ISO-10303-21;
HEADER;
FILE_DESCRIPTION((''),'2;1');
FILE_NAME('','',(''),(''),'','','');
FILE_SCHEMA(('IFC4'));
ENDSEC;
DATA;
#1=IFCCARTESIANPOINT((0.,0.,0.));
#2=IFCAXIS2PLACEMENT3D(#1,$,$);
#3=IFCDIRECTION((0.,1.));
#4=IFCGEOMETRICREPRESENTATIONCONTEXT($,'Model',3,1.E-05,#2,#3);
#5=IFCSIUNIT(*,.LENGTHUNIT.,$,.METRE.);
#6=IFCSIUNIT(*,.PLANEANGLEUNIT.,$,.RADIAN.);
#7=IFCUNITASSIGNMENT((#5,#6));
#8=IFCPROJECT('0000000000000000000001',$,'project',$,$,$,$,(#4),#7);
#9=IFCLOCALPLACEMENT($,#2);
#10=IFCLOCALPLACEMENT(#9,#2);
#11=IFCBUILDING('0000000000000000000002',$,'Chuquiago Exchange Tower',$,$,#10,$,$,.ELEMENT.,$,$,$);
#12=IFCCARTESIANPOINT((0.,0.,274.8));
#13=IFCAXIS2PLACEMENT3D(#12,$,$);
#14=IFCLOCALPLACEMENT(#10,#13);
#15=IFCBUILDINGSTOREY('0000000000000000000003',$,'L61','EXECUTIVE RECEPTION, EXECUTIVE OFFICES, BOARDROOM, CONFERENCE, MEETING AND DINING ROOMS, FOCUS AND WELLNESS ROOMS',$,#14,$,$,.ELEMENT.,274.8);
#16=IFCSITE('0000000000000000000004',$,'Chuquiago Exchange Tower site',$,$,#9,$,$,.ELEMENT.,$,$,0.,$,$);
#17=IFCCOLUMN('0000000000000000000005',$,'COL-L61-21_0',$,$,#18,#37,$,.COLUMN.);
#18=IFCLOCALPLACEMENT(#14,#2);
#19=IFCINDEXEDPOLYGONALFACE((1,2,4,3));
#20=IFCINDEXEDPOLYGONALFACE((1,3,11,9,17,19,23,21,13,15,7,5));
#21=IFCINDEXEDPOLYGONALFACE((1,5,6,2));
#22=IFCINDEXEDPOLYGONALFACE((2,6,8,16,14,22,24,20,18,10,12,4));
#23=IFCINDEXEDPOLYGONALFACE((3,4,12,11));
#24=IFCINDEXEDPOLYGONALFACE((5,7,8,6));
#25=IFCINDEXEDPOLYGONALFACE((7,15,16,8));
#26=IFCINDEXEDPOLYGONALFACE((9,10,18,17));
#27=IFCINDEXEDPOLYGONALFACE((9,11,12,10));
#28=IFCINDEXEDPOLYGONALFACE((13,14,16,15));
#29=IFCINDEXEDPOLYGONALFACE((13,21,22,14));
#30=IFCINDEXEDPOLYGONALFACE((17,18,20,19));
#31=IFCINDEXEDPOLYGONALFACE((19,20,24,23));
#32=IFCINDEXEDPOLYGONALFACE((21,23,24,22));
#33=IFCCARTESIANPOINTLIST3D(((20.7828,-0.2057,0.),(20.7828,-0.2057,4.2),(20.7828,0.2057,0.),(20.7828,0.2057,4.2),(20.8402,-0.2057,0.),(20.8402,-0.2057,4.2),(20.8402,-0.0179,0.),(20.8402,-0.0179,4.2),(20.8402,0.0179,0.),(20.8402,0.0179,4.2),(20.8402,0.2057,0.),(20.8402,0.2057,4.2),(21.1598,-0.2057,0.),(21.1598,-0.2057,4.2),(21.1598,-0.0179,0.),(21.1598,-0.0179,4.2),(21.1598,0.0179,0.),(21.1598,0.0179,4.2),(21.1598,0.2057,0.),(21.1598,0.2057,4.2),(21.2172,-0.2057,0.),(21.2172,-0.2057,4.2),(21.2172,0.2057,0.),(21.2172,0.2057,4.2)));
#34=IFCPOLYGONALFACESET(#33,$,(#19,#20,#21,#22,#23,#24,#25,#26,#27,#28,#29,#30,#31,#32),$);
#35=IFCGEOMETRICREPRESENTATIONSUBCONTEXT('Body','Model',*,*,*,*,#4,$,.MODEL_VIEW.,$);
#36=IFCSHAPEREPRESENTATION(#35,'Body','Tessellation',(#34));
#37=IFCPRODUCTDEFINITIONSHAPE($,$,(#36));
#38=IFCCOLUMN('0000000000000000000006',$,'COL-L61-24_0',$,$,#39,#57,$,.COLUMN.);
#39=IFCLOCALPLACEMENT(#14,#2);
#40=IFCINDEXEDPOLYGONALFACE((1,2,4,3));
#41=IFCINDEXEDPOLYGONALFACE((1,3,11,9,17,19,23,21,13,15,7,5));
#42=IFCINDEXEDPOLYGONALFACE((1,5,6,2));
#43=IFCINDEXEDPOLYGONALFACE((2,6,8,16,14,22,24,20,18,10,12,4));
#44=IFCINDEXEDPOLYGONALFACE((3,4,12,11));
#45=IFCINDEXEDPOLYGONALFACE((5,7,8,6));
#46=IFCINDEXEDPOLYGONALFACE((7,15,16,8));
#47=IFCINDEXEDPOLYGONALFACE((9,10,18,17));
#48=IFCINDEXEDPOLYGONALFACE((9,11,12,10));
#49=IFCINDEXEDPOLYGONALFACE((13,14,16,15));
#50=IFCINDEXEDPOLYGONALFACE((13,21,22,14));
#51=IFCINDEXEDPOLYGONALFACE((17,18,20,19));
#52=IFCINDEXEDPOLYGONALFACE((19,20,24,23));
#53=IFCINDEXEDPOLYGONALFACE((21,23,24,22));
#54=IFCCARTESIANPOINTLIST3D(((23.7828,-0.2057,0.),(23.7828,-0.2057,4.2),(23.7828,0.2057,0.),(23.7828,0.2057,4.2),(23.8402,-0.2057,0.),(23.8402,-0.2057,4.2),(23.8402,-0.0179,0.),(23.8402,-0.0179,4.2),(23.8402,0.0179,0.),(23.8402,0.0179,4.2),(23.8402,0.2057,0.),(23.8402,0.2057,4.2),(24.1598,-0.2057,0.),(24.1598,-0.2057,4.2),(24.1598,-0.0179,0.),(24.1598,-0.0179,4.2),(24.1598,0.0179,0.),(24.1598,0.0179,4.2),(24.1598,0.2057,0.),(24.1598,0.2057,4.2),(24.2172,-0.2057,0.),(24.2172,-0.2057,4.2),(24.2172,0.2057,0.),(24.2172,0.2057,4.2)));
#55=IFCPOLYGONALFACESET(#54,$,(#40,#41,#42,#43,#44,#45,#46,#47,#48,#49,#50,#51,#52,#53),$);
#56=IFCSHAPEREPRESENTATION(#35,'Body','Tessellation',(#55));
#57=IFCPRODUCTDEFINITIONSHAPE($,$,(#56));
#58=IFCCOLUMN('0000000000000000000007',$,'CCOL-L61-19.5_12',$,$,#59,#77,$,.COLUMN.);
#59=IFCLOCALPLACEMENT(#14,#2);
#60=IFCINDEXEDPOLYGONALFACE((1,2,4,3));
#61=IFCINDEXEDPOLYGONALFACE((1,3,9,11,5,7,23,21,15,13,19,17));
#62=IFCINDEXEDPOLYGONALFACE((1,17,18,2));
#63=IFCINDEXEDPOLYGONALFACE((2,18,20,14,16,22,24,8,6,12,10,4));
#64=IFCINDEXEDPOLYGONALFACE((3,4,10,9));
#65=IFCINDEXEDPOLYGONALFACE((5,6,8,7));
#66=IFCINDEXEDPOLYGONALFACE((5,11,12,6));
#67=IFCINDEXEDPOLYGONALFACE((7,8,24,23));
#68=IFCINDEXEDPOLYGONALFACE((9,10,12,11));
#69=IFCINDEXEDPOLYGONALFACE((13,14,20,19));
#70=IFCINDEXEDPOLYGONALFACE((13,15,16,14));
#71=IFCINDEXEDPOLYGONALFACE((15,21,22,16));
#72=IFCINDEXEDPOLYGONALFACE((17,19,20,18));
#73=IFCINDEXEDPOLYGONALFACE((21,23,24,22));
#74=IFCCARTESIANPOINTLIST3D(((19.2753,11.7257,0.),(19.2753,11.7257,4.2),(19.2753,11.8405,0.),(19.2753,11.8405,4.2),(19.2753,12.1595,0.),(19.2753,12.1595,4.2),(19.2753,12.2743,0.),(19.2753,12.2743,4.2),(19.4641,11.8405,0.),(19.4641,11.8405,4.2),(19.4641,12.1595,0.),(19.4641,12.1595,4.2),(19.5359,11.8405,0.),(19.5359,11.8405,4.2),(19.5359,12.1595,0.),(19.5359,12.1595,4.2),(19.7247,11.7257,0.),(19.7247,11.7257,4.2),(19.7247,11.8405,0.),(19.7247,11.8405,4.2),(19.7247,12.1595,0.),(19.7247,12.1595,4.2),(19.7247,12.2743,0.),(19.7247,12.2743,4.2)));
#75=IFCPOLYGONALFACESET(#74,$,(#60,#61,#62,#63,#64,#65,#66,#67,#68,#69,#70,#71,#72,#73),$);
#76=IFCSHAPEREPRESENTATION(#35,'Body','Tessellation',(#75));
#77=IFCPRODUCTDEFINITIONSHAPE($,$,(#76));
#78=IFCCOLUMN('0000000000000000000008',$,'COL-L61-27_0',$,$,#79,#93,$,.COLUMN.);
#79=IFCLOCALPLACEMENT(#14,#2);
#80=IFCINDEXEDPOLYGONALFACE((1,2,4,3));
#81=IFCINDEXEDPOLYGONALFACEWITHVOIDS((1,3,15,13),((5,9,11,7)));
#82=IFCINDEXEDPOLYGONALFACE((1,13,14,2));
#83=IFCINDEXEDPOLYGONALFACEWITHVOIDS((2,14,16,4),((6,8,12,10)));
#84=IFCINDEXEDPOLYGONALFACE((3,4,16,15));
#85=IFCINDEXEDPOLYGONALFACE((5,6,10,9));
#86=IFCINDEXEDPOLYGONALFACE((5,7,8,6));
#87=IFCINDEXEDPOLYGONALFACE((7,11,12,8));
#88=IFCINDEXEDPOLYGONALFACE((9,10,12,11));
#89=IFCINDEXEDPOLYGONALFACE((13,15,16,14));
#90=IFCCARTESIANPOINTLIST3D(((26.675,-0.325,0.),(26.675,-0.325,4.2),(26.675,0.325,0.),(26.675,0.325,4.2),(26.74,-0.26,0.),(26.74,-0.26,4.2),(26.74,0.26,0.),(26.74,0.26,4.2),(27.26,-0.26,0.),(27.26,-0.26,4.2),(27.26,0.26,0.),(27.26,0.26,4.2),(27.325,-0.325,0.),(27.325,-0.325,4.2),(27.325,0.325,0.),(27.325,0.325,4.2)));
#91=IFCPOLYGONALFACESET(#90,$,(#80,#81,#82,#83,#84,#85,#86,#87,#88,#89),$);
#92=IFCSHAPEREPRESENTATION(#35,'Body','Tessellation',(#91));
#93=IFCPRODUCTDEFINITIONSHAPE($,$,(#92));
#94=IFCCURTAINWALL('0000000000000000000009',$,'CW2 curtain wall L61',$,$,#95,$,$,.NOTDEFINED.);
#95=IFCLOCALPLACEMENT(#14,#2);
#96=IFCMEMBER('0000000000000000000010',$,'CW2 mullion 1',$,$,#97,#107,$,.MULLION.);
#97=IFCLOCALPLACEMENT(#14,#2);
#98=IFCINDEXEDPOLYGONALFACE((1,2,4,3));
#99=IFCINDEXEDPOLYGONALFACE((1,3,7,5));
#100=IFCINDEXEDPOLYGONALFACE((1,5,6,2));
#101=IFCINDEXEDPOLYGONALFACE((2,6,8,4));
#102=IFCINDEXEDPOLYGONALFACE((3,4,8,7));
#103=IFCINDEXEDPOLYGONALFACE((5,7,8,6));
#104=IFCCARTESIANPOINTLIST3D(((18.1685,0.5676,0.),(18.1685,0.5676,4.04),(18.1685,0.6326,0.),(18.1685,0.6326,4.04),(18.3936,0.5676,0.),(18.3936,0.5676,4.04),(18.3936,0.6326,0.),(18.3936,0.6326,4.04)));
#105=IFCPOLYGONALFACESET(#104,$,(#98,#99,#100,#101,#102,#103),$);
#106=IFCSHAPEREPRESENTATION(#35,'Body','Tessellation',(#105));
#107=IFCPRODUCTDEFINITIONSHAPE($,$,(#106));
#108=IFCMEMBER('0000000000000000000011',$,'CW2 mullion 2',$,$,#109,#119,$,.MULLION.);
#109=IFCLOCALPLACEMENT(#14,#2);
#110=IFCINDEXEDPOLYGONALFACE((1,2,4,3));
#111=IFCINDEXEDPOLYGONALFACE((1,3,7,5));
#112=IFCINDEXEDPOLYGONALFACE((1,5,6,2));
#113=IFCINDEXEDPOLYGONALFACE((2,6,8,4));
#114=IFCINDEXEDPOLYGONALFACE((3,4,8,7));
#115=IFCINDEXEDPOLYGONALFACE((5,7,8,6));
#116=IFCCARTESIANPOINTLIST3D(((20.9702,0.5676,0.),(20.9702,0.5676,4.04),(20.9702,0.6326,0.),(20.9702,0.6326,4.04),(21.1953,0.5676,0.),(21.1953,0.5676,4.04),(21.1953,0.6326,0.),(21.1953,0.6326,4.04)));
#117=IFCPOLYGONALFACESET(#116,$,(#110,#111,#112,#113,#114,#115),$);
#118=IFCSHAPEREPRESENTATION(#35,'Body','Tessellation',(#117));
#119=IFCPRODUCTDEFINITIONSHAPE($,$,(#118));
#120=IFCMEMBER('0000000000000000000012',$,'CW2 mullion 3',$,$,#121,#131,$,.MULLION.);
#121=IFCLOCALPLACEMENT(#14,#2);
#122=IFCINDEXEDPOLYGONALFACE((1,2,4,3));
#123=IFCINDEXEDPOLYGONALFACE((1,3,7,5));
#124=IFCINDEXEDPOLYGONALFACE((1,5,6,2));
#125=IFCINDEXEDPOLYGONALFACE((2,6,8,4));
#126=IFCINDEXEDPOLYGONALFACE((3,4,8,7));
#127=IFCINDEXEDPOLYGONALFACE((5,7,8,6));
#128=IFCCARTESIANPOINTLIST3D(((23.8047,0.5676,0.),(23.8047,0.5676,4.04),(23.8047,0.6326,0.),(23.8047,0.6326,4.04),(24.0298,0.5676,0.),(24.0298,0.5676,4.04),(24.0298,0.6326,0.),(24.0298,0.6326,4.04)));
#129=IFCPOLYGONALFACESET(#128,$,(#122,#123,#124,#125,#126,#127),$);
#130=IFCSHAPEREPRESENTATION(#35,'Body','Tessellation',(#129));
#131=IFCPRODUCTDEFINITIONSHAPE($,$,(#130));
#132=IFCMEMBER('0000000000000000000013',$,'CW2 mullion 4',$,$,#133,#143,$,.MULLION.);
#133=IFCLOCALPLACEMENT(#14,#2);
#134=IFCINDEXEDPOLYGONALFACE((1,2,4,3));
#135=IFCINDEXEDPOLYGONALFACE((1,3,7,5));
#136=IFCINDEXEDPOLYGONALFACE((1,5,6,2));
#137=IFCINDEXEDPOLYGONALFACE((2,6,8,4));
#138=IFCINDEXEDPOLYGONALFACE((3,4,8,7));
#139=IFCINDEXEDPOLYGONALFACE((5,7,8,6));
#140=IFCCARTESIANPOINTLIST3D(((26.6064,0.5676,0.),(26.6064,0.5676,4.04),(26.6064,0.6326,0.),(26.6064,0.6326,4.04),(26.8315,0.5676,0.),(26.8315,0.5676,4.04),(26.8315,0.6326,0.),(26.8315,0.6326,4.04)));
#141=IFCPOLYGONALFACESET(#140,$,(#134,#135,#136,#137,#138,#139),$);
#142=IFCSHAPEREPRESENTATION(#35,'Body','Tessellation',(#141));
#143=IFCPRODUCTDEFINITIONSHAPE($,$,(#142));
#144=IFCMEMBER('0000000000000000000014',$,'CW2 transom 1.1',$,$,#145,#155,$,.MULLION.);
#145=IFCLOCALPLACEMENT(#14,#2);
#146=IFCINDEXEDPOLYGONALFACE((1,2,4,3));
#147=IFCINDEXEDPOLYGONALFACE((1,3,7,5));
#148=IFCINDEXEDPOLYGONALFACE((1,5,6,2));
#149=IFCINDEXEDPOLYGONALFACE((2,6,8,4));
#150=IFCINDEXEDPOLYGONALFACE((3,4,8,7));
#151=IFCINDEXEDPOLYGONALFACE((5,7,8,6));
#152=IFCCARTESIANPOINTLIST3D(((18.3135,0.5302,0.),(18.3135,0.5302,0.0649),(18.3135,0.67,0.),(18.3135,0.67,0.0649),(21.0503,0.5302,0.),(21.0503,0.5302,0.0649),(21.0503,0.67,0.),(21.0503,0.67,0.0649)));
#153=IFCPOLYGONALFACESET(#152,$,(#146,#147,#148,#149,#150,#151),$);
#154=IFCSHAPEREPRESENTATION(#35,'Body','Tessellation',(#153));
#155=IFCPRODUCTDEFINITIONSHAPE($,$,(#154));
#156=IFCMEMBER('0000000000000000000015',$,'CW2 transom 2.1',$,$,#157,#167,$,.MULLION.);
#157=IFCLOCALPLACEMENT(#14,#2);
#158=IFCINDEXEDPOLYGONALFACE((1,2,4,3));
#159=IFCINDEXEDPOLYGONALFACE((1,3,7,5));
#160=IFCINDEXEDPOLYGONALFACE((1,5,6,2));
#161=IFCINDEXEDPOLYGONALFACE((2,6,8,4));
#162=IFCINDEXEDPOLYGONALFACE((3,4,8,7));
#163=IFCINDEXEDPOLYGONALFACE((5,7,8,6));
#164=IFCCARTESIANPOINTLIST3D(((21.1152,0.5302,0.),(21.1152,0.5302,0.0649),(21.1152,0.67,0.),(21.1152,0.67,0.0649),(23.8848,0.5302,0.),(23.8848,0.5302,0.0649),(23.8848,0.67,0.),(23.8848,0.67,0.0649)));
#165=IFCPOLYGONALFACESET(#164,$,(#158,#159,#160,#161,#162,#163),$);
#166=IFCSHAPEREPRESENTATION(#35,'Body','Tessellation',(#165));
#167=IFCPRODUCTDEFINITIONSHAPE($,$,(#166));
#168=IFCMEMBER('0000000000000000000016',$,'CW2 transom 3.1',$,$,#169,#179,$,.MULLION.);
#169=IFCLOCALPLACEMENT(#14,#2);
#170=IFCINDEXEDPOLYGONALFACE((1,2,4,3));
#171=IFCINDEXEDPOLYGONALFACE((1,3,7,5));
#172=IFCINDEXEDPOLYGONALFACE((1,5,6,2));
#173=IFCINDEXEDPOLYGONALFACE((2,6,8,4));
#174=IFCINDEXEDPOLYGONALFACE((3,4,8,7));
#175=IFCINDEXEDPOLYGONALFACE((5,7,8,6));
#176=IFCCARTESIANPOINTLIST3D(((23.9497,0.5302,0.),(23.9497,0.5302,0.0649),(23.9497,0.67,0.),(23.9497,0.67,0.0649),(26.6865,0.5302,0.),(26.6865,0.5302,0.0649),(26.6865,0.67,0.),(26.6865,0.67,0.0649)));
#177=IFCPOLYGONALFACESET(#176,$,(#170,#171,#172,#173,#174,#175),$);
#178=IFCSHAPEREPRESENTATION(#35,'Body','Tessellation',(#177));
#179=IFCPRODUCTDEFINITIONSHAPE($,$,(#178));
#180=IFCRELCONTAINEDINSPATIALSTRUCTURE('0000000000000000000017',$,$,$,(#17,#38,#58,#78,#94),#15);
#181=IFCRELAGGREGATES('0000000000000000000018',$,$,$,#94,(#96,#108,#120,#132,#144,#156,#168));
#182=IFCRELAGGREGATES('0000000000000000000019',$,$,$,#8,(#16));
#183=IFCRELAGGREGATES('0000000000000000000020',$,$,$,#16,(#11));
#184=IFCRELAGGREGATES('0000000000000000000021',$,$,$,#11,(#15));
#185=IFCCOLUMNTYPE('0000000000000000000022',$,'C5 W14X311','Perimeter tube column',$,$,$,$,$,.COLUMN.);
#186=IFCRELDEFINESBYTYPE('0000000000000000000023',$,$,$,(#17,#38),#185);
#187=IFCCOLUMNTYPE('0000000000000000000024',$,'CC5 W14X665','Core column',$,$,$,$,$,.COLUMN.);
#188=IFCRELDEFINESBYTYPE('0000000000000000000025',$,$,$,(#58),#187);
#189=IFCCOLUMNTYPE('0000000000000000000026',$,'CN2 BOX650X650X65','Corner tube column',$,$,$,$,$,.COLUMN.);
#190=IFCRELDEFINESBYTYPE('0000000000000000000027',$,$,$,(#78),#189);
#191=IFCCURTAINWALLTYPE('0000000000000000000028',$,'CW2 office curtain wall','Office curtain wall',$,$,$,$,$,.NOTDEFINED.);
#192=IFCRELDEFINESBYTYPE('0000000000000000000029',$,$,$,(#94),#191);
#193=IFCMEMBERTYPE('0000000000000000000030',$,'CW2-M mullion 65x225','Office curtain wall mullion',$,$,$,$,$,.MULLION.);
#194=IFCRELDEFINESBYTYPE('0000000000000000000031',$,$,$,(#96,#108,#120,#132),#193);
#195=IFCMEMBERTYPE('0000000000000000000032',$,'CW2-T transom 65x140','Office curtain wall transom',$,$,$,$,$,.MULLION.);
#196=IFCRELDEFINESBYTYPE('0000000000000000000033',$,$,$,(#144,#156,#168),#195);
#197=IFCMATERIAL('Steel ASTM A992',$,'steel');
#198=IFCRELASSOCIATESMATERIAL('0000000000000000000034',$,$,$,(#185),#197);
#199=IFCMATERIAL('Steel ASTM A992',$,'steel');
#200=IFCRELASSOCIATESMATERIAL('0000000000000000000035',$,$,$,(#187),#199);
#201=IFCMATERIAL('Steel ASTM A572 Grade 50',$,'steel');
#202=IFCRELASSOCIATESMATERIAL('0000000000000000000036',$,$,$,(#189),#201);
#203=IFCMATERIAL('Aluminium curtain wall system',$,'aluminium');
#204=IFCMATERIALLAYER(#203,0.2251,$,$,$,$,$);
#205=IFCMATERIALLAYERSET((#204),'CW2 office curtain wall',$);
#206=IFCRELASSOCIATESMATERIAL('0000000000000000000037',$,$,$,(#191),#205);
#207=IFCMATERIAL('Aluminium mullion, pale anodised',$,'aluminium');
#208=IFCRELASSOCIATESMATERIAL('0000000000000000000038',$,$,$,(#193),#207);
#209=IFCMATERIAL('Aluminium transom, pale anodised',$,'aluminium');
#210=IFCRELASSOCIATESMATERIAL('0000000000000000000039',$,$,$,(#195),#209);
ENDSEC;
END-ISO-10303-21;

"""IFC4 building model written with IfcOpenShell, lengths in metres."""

from ifc_helpers import new_model, si_unit, direction, frame, origin, origin_2d, place, context, subcontext, project, spatial, rectangle, hollow_rectangle, i_section, extrude, material, layer, layer_set, material_profile, profile_set, type_object, element, aggregate, save


model = new_model("IFC4")

# Units and contexts
model_context = context("Model", 3, precision=1e-05, world=origin(), true_north=direction((0.0, 1.0)))
body_context = subcontext(model_context, "Body", "Model", "MODEL_VIEW")
ifc_project = project(units=[si_unit("LENGTHUNIT", "METRE"), si_unit("PLANEANGLEUNIT", "RADIAN")], contexts=[model_context])

# Site, building, storey
site_placement = place(None, origin())
site = spatial("IfcSite", under=ifc_project, at=site_placement, Name="Chuquiago Exchange Tower site", CompositionType="ELEMENT", RefElevation=0.0)
building_placement = place(site_placement, origin())
building = spatial("IfcBuilding", under=site, at=building_placement, Name="Chuquiago Exchange Tower", CompositionType="ELEMENT")
storey_placement = place(building_placement, frame((0.0, 0.0, 274.8)))
storey = spatial("IfcBuildingStorey", under=building, at=storey_placement, Name="L61", Description="EXECUTIVE RECEPTION, EXECUTIVE OFFICES, BOARDROOM, CONFERENCE, MEETING AND DINING ROOMS, FOCUS AND WELLNESS ROOMS", CompositionType="ELEMENT", Elevation=274.8)

# Columns
ifc_material_1 = material(Name="Steel ASTM A992", Category="steel")
ifc_material_profile_1 = material_profile(ifc_material_1, i_section(OverallWidth=0.4114, OverallDepth=0.4343, WebThickness=0.0359, FlangeThickness=0.0574, at=origin_2d()), Name="W14X311")
ifc_profile_set_1 = profile_set([ifc_material_profile_1], Name="Steel ASTM A992")
column_type_1 = type_object("IfcColumnType", Name="C5 W14X311", Description="Perimeter tube column", PredefinedType="COLUMN", material=ifc_profile_set_1)
for number, where, z_axis, x_axis, name in (
    (1, (21.0, 0.0, 0.0), (0.0, 0.0, 1.0), (0.0, -1.0, 0.0), "COL-L61-21_0"),
    (2, (24.0, 0.0, 0.0), (0.0, 0.0, 1.0), (0.0, -1.0, 0.0), "COL-L61-24_0"),
):
    element("IfcColumn", number, at=place(storey_placement, frame(where, z_axis=z_axis, x_axis=x_axis)), inside=storey, type_object=column_type_1, Name=name, PredefinedType="COLUMN", context=body_context, shape_type="SweptSolid", body=[
        extrude(i_section(OverallWidth=0.4114, OverallDepth=0.4343, WebThickness=0.0359, FlangeThickness=0.0574, at=origin_2d()), origin(), (0.0, 0.0, 1.0), 4.2),
    ])
ifc_material_2 = material(Name="Steel ASTM A992", Category="steel")
ifc_material_profile_2 = material_profile(ifc_material_2, i_section(OverallWidth=0.4495, OverallDepth=0.5486, WebThickness=0.0718, FlangeThickness=0.1147, at=origin_2d()), Name="W14X665")
ifc_profile_set_2 = profile_set([ifc_material_profile_2], Name="Steel ASTM A992")
column_type_2 = type_object("IfcColumnType", Name="CC5 W14X665", Description="Core column", PredefinedType="COLUMN", material=ifc_profile_set_2)
column_1_placement = place(storey_placement, frame((19.5, 12.0, 0.0), z_axis=(0.0, 0.0, 1.0), x_axis=(1.0, 0.0, 0.0)))
element("IfcColumn", 3, at=column_1_placement, inside=storey, type_object=column_type_2, Name="CCOL-L61-19.5_12", PredefinedType="COLUMN", context=body_context, shape_type="SweptSolid", body=[
    extrude(i_section(OverallWidth=0.4495, OverallDepth=0.5486, WebThickness=0.0718, FlangeThickness=0.1147, at=origin_2d()), origin(), (0.0, 0.0, 1.0), 4.2),
])
ifc_material_3 = material(Name="Steel ASTM A572 Grade 50", Category="steel")
ifc_material_profile_3 = material_profile(ifc_material_3, hollow_rectangle(XDim=0.6499, YDim=0.6499, WallThickness=0.0649, at=origin_2d()), Name="BOX650X650X65")
ifc_profile_set_3 = profile_set([ifc_material_profile_3], Name="Steel ASTM A572 Grade 50")
column_type_3 = type_object("IfcColumnType", Name="CN2 BOX650X650X65", Description="Corner tube column", PredefinedType="COLUMN", material=ifc_profile_set_3)
column_2_placement = place(storey_placement, frame((27.0, 0.0, 0.0), z_axis=(0.0, 0.0, 1.0), x_axis=(0.0, -1.0, 0.0)))
element("IfcColumn", 4, at=column_2_placement, inside=storey, type_object=column_type_3, Name="COL-L61-27_0", PredefinedType="COLUMN", context=body_context, shape_type="SweptSolid", body=[
    extrude(hollow_rectangle(XDim=0.6499, YDim=0.6499, WallThickness=0.0649, at=origin_2d()), origin(), (0.0, 0.0, 1.0), 4.2),
])

# Curtain wall, members
ifc_material_4 = material(Name="Aluminium curtain wall system", Category="aluminium")
ifc_layer_1 = layer(ifc_material_4, 0.2251)
ifc_layer_set_1 = layer_set([ifc_layer_1], Name="CW2 office curtain wall")
curtain_wall_type_1 = type_object("IfcCurtainWallType", Name="CW2 office curtain wall", Description="Office curtain wall", PredefinedType="NOTDEFINED", material=ifc_layer_set_1)
curtain_wall_1_placement = place(storey_placement, origin())
curtain_wall_1 = element("IfcCurtainWall", 5, at=curtain_wall_1_placement, inside=storey, type_object=curtain_wall_type_1, Name="CW2 curtain wall L61", PredefinedType="NOTDEFINED")
ifc_material_5 = material(Name="Aluminium mullion, pale anodised", Category="aluminium")
ifc_material_profile_4 = material_profile(ifc_material_5, rectangle(XDim=0.0649, YDim=0.2251, at=origin_2d()), Name="AL 65x225")
ifc_profile_set_4 = profile_set([ifc_material_profile_4], Name="Aluminium mullion, pale anodised")
member_type_1 = type_object("IfcMemberType", Name="CW2-M mullion 65x225", Description="Office curtain wall mullion", PredefinedType="MULLION", material=ifc_profile_set_4)
member_1_placement = place(storey_placement, frame((18.281, 0.6001, 0.0), z_axis=(0.0, 0.0, 1.0), x_axis=(0.0, 1.0, 0.0)))
member_1 = element("IfcMember", 6, at=member_1_placement, type_object=member_type_1, Name="CW2 mullion 1", PredefinedType="MULLION", context=body_context, shape_type="SweptSolid", body=[
    extrude(rectangle(XDim=0.0649, YDim=0.2251, at=origin_2d()), origin(), (0.0, 0.0, 1.0), 4.04),
])
member_2_placement = place(storey_placement, frame((21.0828, 0.6001, 0.0), z_axis=(0.0, 0.0, 1.0), x_axis=(0.0, 1.0, 0.0)))
member_2 = element("IfcMember", 7, at=member_2_placement, type_object=member_type_1, Name="CW2 mullion 2", PredefinedType="MULLION", context=body_context, shape_type="SweptSolid", body=[
    extrude(rectangle(XDim=0.0649, YDim=0.2251, at=origin_2d()), origin(), (0.0, 0.0, 1.0), 4.04),
])
member_3_placement = place(storey_placement, frame((23.9172, 0.6001, 0.0), z_axis=(0.0, 0.0, 1.0), x_axis=(0.0, 1.0, 0.0)))
member_3 = element("IfcMember", 8, at=member_3_placement, type_object=member_type_1, Name="CW2 mullion 3", PredefinedType="MULLION", context=body_context, shape_type="SweptSolid", body=[
    extrude(rectangle(XDim=0.0649, YDim=0.2251, at=origin_2d()), origin(), (0.0, 0.0, 1.0), 4.04),
])
member_4_placement = place(storey_placement, frame((26.719, 0.6001, 0.0), z_axis=(0.0, 0.0, 1.0), x_axis=(0.0, 1.0, 0.0)))
member_4 = element("IfcMember", 9, at=member_4_placement, type_object=member_type_1, Name="CW2 mullion 4", PredefinedType="MULLION", context=body_context, shape_type="SweptSolid", body=[
    extrude(rectangle(XDim=0.0649, YDim=0.2251, at=origin_2d()), origin(), (0.0, 0.0, 1.0), 4.04),
])
ifc_material_6 = material(Name="Aluminium transom, pale anodised", Category="aluminium")
ifc_material_profile_5 = material_profile(ifc_material_6, rectangle(XDim=0.1399, YDim=0.0649, at=origin_2d()), Name="AL 140x65")
ifc_profile_set_5 = profile_set([ifc_material_profile_5], Name="Aluminium transom, pale anodised")
member_type_2 = type_object("IfcMemberType", Name="CW2-T transom 65x140", Description="Office curtain wall transom", PredefinedType="MULLION", material=ifc_profile_set_5)
member_5_placement = place(storey_placement, frame((18.3135, 0.6001, 0.0325), z_axis=(1.0, 0.0, 0.0), x_axis=(0.0, 1.0, 0.0)))
member_5 = element("IfcMember", 10, at=member_5_placement, type_object=member_type_2, Name="CW2 transom 1.1", PredefinedType="MULLION", context=body_context, shape_type="SweptSolid", body=[
    extrude(rectangle(XDim=0.1399, YDim=0.0649, at=origin_2d()), origin(), (0.0, 0.0, 1.0), 2.7368),
])
member_6_placement = place(storey_placement, frame((21.1152, 0.6001, 0.0325), z_axis=(1.0, 0.0, 0.0), x_axis=(0.0, 1.0, 0.0)))
member_6 = element("IfcMember", 11, at=member_6_placement, type_object=member_type_2, Name="CW2 transom 2.1", PredefinedType="MULLION", context=body_context, shape_type="SweptSolid", body=[
    extrude(rectangle(XDim=0.1399, YDim=0.0649, at=origin_2d()), origin(), (0.0, 0.0, 1.0), 2.7695),
])
member_7_placement = place(storey_placement, frame((23.9497, 0.6001, 0.0325), z_axis=(1.0, 0.0, 0.0), x_axis=(0.0, 1.0, 0.0)))
member_7 = element("IfcMember", 12, at=member_7_placement, type_object=member_type_2, Name="CW2 transom 3.1", PredefinedType="MULLION", context=body_context, shape_type="SweptSolid", body=[
    extrude(rectangle(XDim=0.1399, YDim=0.0649, at=origin_2d()), origin(), (0.0, 0.0, 1.0), 2.7368),
])

aggregate(curtain_wall_1, [member_1, member_2, member_3, member_4, member_5, member_6, member_7])

save(model, "model.ifc")
